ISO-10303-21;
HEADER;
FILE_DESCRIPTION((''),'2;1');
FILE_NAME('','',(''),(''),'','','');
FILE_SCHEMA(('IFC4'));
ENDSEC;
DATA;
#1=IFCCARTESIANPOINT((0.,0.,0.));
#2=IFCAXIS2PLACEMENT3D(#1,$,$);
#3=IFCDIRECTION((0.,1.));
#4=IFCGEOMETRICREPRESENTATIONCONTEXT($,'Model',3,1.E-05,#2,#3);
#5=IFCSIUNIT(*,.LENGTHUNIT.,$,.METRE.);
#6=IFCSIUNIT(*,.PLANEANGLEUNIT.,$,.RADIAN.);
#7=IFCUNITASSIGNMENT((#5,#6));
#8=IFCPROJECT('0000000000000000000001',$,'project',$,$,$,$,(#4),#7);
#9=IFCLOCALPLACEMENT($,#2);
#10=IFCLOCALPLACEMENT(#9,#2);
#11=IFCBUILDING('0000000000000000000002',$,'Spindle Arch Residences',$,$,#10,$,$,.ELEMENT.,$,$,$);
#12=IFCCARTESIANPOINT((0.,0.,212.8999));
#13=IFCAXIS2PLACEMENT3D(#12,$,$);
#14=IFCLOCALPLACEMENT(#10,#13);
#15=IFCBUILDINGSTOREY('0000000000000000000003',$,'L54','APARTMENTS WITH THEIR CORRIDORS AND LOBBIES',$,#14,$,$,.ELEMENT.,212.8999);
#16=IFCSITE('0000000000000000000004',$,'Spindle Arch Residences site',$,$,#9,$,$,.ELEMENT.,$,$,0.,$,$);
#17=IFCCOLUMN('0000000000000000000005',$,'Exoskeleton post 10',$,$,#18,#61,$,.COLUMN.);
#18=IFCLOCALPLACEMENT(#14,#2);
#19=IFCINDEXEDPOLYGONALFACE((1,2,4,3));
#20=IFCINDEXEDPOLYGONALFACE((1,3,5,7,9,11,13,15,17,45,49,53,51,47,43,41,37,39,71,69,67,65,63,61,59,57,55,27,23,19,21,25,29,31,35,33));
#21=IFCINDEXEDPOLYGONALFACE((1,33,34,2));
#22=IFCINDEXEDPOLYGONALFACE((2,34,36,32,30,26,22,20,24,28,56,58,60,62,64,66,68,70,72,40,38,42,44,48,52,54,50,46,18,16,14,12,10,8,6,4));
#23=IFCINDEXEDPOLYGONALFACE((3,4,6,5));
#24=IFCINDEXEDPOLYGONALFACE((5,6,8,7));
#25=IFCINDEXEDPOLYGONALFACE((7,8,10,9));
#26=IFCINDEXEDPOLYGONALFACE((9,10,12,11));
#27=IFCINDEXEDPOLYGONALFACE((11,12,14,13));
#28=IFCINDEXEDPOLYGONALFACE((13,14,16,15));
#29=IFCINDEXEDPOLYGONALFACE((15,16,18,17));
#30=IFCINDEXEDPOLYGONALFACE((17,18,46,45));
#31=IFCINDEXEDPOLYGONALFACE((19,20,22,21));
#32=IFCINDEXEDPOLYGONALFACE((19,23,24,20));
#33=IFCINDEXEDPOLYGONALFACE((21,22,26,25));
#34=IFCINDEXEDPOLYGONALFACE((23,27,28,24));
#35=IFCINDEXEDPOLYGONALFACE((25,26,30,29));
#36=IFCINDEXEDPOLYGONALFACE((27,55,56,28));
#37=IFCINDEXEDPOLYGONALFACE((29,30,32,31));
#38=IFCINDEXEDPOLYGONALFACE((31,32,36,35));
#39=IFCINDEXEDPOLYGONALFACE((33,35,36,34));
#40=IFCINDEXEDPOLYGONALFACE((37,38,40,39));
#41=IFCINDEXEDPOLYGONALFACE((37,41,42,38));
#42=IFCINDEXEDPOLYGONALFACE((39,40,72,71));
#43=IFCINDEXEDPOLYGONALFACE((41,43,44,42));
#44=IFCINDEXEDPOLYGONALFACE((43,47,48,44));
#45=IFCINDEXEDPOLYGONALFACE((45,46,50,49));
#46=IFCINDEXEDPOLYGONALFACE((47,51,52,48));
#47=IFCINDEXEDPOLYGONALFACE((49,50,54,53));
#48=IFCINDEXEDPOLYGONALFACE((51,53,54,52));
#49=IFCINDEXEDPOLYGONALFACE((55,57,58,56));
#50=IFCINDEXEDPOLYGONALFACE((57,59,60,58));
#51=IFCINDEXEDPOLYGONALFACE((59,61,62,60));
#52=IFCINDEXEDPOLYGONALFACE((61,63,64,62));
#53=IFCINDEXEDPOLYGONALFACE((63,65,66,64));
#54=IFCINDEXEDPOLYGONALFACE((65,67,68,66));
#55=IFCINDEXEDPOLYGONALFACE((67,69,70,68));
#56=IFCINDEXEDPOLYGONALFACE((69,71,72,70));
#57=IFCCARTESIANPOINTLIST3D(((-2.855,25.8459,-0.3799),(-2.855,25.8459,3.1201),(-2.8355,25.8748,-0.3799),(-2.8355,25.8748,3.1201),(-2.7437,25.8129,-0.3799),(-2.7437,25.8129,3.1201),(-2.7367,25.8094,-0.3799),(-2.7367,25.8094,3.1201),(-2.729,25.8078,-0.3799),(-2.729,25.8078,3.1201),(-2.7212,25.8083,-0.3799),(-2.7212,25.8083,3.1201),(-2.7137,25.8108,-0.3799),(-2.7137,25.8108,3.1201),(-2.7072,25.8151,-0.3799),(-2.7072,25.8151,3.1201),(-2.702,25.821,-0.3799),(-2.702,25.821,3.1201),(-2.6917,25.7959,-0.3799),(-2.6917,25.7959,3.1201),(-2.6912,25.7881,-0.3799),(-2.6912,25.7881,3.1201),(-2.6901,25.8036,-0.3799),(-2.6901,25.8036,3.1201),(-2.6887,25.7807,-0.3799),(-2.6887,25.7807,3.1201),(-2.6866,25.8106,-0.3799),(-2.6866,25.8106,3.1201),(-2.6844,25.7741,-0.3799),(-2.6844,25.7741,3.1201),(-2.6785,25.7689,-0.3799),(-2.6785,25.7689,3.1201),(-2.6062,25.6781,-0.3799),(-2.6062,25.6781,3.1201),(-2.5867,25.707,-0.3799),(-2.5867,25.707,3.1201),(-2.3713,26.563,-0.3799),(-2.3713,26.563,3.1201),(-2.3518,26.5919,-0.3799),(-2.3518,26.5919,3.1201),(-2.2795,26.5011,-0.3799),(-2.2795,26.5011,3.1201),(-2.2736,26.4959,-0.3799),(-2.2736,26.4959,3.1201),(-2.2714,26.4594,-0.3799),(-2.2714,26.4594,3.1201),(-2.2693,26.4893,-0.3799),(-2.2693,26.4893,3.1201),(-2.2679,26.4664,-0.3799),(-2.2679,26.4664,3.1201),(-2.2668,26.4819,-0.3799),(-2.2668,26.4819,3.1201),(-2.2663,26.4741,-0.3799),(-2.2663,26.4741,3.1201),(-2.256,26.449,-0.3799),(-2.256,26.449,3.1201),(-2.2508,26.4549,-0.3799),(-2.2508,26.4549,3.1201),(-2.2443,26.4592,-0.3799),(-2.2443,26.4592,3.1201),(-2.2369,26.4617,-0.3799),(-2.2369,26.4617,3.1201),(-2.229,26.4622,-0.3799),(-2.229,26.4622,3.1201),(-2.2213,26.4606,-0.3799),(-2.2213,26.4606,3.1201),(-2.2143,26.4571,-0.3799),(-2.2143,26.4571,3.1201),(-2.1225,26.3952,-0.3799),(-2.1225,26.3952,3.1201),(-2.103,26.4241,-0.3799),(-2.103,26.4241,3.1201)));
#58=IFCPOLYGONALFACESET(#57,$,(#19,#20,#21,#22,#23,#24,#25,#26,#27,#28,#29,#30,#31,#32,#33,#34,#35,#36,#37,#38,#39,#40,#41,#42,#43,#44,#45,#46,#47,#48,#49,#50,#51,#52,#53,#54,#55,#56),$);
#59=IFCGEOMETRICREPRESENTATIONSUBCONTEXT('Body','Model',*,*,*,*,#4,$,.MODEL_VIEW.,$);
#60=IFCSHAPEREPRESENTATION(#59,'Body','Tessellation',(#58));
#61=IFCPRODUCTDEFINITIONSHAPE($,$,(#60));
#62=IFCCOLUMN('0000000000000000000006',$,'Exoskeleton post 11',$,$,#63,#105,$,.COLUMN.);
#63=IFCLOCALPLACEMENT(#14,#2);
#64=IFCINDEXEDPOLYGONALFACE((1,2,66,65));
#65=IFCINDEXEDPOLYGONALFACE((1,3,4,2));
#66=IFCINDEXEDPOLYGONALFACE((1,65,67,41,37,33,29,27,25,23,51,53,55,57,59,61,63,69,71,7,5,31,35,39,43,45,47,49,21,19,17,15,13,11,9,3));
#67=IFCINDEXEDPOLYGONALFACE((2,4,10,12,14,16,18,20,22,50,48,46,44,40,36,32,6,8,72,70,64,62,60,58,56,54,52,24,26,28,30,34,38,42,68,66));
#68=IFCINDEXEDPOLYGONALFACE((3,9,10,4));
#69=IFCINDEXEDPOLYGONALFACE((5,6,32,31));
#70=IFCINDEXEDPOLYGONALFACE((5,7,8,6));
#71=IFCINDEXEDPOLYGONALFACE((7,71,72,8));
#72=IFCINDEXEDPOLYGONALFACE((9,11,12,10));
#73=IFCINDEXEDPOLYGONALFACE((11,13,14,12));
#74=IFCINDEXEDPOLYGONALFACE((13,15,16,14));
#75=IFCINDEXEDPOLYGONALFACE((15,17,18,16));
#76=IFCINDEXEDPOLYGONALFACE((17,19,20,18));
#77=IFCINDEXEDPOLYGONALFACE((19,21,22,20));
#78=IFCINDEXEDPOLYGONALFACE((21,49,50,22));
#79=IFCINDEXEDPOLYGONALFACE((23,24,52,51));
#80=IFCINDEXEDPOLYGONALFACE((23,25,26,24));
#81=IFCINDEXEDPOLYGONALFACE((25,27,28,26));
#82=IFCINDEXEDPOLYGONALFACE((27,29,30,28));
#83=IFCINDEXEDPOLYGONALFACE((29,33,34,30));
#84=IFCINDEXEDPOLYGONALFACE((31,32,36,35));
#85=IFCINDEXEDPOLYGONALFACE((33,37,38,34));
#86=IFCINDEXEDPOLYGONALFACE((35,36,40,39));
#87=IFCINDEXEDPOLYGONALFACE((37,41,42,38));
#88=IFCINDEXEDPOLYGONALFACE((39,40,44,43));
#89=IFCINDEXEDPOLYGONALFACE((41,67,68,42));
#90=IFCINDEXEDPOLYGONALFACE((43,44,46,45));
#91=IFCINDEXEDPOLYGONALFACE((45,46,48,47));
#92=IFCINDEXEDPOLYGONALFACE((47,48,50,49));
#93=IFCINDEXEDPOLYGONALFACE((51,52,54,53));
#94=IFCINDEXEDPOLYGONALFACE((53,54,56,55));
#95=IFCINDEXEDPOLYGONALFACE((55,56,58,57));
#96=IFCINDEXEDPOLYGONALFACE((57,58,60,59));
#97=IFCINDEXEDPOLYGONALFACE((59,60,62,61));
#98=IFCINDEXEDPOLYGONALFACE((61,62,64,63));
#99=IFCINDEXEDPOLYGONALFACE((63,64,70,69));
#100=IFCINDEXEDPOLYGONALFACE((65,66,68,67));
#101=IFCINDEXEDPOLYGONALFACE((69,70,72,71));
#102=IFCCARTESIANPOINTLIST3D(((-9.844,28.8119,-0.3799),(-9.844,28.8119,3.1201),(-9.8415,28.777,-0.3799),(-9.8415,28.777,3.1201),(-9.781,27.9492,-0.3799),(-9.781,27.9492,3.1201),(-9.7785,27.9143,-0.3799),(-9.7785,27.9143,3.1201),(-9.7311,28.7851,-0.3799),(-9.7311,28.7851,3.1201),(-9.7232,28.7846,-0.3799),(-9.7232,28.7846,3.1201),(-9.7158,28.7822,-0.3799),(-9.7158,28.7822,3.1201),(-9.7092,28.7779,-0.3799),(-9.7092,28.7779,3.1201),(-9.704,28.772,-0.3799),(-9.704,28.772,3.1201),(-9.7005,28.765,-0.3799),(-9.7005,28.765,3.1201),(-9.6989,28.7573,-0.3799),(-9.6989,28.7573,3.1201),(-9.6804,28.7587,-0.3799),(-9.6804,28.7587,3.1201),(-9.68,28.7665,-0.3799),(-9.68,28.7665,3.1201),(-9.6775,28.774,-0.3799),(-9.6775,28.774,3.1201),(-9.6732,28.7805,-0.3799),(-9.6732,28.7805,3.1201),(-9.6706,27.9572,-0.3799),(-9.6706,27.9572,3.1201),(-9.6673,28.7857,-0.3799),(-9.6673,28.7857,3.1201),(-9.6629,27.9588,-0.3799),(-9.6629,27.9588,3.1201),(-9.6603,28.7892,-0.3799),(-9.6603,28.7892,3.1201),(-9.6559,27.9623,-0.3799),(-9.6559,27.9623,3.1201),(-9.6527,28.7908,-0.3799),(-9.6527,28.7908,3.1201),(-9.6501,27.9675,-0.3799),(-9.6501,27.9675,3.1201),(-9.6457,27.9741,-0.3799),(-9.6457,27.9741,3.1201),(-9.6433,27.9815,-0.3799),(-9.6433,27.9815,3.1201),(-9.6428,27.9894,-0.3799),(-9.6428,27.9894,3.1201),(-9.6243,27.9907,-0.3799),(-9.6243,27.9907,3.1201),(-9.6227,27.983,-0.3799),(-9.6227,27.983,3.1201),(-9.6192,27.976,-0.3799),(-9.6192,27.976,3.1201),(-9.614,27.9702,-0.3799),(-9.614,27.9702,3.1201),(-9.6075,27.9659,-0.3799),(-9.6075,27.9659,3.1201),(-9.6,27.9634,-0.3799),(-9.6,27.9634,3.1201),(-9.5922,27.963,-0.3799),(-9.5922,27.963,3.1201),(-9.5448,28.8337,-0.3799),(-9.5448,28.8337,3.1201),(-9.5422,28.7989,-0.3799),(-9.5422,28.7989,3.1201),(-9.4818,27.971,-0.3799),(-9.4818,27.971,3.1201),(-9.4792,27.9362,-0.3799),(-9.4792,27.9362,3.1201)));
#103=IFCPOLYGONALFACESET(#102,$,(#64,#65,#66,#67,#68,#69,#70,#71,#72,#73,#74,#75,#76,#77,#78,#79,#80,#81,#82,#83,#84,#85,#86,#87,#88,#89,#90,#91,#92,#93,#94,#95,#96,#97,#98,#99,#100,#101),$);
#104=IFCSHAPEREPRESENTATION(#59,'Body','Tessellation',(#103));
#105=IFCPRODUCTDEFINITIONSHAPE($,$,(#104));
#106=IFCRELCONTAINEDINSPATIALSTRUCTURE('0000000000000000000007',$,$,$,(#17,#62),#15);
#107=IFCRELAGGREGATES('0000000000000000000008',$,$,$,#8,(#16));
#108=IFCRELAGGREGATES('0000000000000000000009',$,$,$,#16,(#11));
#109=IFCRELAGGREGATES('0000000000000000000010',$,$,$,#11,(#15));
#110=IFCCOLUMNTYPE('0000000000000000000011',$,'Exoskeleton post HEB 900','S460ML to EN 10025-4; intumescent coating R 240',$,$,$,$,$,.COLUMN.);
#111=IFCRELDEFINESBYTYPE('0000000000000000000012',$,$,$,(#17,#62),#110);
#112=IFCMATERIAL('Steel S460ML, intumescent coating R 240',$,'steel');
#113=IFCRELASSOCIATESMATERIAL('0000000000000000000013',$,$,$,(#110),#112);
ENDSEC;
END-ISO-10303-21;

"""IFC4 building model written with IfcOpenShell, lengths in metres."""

from ifc_helpers import new_model, si_unit, direction, frame, origin, origin_2d, place, context, subcontext, project, spatial, i_section, extrude, material, material_profile, profile_set, type_object, element, save


model = new_model("IFC4")

# Units and contexts
model_context = context("Model", 3, precision=1e-05, world=origin(), true_north=direction((0.0, 1.0)))
body_context = subcontext(model_context, "Body", "Model", "MODEL_VIEW")
ifc_project = project(units=[si_unit("LENGTHUNIT", "METRE"), si_unit("PLANEANGLEUNIT", "RADIAN")], contexts=[model_context])

# Site, building, storey
site_placement = place(None, origin())
site = spatial("IfcSite", under=ifc_project, at=site_placement, Name="Spindle Arch Residences site", CompositionType="ELEMENT", RefElevation=0.0)
building_placement = place(site_placement, origin())
building = spatial("IfcBuilding", under=site, at=building_placement, Name="Spindle Arch Residences", CompositionType="ELEMENT")
storey_placement = place(building_placement, frame((0.0, 0.0, 212.8999)))
storey = spatial("IfcBuildingStorey", under=building, at=storey_placement, Name="L54", Description="APARTMENTS WITH THEIR CORRIDORS AND LOBBIES", CompositionType="ELEMENT", Elevation=212.8999)

# Columns
ifc_material_1 = material(Name="Steel S460ML, intumescent coating R 240", Category="steel")
ifc_material_profile_1 = material_profile(ifc_material_1, i_section(OverallWidth=0.3, OverallDepth=0.8999, WebThickness=0.0186, FlangeThickness=0.0349, FilletRadius=0.03, at=origin_2d()), Name="HEB 900")
ifc_profile_set_1 = profile_set([ifc_material_profile_1], Name="Steel S460ML, intumescent coating R 240")
column_type_1 = type_object("IfcColumnType", Name="Exoskeleton post HEB 900", Description="S460ML to EN 10025-4; intumescent coating R 240", PredefinedType="COLUMN", material=ifc_profile_set_1)
for number, where, z_axis, x_axis, name in (
    (1, (-2.479, 26.135, -0.3799), (0.0, 0.0, 1.0), (0.829038, -0.559193, 0.0), "Exoskeleton post 10"),
    (2, (-9.6616, 28.374, -0.3799), (0.0, 0.0, 1.0), (0.997343, 0.072844, 0.0), "Exoskeleton post 11"),
):
    element("IfcColumn", number, at=place(storey_placement, frame(where, z_axis=z_axis, x_axis=x_axis)), inside=storey, type_object=column_type_1, Name=name, PredefinedType="COLUMN", context=body_context, shape_type="SweptSolid", body=[
        extrude(i_section(OverallWidth=0.3, OverallDepth=0.8999, WebThickness=0.0186, FlangeThickness=0.0349, FilletRadius=0.03, at=origin_2d()), origin(), (0.0, 0.0, 1.0), 3.5),
    ])

save(model, "model.ifc")
